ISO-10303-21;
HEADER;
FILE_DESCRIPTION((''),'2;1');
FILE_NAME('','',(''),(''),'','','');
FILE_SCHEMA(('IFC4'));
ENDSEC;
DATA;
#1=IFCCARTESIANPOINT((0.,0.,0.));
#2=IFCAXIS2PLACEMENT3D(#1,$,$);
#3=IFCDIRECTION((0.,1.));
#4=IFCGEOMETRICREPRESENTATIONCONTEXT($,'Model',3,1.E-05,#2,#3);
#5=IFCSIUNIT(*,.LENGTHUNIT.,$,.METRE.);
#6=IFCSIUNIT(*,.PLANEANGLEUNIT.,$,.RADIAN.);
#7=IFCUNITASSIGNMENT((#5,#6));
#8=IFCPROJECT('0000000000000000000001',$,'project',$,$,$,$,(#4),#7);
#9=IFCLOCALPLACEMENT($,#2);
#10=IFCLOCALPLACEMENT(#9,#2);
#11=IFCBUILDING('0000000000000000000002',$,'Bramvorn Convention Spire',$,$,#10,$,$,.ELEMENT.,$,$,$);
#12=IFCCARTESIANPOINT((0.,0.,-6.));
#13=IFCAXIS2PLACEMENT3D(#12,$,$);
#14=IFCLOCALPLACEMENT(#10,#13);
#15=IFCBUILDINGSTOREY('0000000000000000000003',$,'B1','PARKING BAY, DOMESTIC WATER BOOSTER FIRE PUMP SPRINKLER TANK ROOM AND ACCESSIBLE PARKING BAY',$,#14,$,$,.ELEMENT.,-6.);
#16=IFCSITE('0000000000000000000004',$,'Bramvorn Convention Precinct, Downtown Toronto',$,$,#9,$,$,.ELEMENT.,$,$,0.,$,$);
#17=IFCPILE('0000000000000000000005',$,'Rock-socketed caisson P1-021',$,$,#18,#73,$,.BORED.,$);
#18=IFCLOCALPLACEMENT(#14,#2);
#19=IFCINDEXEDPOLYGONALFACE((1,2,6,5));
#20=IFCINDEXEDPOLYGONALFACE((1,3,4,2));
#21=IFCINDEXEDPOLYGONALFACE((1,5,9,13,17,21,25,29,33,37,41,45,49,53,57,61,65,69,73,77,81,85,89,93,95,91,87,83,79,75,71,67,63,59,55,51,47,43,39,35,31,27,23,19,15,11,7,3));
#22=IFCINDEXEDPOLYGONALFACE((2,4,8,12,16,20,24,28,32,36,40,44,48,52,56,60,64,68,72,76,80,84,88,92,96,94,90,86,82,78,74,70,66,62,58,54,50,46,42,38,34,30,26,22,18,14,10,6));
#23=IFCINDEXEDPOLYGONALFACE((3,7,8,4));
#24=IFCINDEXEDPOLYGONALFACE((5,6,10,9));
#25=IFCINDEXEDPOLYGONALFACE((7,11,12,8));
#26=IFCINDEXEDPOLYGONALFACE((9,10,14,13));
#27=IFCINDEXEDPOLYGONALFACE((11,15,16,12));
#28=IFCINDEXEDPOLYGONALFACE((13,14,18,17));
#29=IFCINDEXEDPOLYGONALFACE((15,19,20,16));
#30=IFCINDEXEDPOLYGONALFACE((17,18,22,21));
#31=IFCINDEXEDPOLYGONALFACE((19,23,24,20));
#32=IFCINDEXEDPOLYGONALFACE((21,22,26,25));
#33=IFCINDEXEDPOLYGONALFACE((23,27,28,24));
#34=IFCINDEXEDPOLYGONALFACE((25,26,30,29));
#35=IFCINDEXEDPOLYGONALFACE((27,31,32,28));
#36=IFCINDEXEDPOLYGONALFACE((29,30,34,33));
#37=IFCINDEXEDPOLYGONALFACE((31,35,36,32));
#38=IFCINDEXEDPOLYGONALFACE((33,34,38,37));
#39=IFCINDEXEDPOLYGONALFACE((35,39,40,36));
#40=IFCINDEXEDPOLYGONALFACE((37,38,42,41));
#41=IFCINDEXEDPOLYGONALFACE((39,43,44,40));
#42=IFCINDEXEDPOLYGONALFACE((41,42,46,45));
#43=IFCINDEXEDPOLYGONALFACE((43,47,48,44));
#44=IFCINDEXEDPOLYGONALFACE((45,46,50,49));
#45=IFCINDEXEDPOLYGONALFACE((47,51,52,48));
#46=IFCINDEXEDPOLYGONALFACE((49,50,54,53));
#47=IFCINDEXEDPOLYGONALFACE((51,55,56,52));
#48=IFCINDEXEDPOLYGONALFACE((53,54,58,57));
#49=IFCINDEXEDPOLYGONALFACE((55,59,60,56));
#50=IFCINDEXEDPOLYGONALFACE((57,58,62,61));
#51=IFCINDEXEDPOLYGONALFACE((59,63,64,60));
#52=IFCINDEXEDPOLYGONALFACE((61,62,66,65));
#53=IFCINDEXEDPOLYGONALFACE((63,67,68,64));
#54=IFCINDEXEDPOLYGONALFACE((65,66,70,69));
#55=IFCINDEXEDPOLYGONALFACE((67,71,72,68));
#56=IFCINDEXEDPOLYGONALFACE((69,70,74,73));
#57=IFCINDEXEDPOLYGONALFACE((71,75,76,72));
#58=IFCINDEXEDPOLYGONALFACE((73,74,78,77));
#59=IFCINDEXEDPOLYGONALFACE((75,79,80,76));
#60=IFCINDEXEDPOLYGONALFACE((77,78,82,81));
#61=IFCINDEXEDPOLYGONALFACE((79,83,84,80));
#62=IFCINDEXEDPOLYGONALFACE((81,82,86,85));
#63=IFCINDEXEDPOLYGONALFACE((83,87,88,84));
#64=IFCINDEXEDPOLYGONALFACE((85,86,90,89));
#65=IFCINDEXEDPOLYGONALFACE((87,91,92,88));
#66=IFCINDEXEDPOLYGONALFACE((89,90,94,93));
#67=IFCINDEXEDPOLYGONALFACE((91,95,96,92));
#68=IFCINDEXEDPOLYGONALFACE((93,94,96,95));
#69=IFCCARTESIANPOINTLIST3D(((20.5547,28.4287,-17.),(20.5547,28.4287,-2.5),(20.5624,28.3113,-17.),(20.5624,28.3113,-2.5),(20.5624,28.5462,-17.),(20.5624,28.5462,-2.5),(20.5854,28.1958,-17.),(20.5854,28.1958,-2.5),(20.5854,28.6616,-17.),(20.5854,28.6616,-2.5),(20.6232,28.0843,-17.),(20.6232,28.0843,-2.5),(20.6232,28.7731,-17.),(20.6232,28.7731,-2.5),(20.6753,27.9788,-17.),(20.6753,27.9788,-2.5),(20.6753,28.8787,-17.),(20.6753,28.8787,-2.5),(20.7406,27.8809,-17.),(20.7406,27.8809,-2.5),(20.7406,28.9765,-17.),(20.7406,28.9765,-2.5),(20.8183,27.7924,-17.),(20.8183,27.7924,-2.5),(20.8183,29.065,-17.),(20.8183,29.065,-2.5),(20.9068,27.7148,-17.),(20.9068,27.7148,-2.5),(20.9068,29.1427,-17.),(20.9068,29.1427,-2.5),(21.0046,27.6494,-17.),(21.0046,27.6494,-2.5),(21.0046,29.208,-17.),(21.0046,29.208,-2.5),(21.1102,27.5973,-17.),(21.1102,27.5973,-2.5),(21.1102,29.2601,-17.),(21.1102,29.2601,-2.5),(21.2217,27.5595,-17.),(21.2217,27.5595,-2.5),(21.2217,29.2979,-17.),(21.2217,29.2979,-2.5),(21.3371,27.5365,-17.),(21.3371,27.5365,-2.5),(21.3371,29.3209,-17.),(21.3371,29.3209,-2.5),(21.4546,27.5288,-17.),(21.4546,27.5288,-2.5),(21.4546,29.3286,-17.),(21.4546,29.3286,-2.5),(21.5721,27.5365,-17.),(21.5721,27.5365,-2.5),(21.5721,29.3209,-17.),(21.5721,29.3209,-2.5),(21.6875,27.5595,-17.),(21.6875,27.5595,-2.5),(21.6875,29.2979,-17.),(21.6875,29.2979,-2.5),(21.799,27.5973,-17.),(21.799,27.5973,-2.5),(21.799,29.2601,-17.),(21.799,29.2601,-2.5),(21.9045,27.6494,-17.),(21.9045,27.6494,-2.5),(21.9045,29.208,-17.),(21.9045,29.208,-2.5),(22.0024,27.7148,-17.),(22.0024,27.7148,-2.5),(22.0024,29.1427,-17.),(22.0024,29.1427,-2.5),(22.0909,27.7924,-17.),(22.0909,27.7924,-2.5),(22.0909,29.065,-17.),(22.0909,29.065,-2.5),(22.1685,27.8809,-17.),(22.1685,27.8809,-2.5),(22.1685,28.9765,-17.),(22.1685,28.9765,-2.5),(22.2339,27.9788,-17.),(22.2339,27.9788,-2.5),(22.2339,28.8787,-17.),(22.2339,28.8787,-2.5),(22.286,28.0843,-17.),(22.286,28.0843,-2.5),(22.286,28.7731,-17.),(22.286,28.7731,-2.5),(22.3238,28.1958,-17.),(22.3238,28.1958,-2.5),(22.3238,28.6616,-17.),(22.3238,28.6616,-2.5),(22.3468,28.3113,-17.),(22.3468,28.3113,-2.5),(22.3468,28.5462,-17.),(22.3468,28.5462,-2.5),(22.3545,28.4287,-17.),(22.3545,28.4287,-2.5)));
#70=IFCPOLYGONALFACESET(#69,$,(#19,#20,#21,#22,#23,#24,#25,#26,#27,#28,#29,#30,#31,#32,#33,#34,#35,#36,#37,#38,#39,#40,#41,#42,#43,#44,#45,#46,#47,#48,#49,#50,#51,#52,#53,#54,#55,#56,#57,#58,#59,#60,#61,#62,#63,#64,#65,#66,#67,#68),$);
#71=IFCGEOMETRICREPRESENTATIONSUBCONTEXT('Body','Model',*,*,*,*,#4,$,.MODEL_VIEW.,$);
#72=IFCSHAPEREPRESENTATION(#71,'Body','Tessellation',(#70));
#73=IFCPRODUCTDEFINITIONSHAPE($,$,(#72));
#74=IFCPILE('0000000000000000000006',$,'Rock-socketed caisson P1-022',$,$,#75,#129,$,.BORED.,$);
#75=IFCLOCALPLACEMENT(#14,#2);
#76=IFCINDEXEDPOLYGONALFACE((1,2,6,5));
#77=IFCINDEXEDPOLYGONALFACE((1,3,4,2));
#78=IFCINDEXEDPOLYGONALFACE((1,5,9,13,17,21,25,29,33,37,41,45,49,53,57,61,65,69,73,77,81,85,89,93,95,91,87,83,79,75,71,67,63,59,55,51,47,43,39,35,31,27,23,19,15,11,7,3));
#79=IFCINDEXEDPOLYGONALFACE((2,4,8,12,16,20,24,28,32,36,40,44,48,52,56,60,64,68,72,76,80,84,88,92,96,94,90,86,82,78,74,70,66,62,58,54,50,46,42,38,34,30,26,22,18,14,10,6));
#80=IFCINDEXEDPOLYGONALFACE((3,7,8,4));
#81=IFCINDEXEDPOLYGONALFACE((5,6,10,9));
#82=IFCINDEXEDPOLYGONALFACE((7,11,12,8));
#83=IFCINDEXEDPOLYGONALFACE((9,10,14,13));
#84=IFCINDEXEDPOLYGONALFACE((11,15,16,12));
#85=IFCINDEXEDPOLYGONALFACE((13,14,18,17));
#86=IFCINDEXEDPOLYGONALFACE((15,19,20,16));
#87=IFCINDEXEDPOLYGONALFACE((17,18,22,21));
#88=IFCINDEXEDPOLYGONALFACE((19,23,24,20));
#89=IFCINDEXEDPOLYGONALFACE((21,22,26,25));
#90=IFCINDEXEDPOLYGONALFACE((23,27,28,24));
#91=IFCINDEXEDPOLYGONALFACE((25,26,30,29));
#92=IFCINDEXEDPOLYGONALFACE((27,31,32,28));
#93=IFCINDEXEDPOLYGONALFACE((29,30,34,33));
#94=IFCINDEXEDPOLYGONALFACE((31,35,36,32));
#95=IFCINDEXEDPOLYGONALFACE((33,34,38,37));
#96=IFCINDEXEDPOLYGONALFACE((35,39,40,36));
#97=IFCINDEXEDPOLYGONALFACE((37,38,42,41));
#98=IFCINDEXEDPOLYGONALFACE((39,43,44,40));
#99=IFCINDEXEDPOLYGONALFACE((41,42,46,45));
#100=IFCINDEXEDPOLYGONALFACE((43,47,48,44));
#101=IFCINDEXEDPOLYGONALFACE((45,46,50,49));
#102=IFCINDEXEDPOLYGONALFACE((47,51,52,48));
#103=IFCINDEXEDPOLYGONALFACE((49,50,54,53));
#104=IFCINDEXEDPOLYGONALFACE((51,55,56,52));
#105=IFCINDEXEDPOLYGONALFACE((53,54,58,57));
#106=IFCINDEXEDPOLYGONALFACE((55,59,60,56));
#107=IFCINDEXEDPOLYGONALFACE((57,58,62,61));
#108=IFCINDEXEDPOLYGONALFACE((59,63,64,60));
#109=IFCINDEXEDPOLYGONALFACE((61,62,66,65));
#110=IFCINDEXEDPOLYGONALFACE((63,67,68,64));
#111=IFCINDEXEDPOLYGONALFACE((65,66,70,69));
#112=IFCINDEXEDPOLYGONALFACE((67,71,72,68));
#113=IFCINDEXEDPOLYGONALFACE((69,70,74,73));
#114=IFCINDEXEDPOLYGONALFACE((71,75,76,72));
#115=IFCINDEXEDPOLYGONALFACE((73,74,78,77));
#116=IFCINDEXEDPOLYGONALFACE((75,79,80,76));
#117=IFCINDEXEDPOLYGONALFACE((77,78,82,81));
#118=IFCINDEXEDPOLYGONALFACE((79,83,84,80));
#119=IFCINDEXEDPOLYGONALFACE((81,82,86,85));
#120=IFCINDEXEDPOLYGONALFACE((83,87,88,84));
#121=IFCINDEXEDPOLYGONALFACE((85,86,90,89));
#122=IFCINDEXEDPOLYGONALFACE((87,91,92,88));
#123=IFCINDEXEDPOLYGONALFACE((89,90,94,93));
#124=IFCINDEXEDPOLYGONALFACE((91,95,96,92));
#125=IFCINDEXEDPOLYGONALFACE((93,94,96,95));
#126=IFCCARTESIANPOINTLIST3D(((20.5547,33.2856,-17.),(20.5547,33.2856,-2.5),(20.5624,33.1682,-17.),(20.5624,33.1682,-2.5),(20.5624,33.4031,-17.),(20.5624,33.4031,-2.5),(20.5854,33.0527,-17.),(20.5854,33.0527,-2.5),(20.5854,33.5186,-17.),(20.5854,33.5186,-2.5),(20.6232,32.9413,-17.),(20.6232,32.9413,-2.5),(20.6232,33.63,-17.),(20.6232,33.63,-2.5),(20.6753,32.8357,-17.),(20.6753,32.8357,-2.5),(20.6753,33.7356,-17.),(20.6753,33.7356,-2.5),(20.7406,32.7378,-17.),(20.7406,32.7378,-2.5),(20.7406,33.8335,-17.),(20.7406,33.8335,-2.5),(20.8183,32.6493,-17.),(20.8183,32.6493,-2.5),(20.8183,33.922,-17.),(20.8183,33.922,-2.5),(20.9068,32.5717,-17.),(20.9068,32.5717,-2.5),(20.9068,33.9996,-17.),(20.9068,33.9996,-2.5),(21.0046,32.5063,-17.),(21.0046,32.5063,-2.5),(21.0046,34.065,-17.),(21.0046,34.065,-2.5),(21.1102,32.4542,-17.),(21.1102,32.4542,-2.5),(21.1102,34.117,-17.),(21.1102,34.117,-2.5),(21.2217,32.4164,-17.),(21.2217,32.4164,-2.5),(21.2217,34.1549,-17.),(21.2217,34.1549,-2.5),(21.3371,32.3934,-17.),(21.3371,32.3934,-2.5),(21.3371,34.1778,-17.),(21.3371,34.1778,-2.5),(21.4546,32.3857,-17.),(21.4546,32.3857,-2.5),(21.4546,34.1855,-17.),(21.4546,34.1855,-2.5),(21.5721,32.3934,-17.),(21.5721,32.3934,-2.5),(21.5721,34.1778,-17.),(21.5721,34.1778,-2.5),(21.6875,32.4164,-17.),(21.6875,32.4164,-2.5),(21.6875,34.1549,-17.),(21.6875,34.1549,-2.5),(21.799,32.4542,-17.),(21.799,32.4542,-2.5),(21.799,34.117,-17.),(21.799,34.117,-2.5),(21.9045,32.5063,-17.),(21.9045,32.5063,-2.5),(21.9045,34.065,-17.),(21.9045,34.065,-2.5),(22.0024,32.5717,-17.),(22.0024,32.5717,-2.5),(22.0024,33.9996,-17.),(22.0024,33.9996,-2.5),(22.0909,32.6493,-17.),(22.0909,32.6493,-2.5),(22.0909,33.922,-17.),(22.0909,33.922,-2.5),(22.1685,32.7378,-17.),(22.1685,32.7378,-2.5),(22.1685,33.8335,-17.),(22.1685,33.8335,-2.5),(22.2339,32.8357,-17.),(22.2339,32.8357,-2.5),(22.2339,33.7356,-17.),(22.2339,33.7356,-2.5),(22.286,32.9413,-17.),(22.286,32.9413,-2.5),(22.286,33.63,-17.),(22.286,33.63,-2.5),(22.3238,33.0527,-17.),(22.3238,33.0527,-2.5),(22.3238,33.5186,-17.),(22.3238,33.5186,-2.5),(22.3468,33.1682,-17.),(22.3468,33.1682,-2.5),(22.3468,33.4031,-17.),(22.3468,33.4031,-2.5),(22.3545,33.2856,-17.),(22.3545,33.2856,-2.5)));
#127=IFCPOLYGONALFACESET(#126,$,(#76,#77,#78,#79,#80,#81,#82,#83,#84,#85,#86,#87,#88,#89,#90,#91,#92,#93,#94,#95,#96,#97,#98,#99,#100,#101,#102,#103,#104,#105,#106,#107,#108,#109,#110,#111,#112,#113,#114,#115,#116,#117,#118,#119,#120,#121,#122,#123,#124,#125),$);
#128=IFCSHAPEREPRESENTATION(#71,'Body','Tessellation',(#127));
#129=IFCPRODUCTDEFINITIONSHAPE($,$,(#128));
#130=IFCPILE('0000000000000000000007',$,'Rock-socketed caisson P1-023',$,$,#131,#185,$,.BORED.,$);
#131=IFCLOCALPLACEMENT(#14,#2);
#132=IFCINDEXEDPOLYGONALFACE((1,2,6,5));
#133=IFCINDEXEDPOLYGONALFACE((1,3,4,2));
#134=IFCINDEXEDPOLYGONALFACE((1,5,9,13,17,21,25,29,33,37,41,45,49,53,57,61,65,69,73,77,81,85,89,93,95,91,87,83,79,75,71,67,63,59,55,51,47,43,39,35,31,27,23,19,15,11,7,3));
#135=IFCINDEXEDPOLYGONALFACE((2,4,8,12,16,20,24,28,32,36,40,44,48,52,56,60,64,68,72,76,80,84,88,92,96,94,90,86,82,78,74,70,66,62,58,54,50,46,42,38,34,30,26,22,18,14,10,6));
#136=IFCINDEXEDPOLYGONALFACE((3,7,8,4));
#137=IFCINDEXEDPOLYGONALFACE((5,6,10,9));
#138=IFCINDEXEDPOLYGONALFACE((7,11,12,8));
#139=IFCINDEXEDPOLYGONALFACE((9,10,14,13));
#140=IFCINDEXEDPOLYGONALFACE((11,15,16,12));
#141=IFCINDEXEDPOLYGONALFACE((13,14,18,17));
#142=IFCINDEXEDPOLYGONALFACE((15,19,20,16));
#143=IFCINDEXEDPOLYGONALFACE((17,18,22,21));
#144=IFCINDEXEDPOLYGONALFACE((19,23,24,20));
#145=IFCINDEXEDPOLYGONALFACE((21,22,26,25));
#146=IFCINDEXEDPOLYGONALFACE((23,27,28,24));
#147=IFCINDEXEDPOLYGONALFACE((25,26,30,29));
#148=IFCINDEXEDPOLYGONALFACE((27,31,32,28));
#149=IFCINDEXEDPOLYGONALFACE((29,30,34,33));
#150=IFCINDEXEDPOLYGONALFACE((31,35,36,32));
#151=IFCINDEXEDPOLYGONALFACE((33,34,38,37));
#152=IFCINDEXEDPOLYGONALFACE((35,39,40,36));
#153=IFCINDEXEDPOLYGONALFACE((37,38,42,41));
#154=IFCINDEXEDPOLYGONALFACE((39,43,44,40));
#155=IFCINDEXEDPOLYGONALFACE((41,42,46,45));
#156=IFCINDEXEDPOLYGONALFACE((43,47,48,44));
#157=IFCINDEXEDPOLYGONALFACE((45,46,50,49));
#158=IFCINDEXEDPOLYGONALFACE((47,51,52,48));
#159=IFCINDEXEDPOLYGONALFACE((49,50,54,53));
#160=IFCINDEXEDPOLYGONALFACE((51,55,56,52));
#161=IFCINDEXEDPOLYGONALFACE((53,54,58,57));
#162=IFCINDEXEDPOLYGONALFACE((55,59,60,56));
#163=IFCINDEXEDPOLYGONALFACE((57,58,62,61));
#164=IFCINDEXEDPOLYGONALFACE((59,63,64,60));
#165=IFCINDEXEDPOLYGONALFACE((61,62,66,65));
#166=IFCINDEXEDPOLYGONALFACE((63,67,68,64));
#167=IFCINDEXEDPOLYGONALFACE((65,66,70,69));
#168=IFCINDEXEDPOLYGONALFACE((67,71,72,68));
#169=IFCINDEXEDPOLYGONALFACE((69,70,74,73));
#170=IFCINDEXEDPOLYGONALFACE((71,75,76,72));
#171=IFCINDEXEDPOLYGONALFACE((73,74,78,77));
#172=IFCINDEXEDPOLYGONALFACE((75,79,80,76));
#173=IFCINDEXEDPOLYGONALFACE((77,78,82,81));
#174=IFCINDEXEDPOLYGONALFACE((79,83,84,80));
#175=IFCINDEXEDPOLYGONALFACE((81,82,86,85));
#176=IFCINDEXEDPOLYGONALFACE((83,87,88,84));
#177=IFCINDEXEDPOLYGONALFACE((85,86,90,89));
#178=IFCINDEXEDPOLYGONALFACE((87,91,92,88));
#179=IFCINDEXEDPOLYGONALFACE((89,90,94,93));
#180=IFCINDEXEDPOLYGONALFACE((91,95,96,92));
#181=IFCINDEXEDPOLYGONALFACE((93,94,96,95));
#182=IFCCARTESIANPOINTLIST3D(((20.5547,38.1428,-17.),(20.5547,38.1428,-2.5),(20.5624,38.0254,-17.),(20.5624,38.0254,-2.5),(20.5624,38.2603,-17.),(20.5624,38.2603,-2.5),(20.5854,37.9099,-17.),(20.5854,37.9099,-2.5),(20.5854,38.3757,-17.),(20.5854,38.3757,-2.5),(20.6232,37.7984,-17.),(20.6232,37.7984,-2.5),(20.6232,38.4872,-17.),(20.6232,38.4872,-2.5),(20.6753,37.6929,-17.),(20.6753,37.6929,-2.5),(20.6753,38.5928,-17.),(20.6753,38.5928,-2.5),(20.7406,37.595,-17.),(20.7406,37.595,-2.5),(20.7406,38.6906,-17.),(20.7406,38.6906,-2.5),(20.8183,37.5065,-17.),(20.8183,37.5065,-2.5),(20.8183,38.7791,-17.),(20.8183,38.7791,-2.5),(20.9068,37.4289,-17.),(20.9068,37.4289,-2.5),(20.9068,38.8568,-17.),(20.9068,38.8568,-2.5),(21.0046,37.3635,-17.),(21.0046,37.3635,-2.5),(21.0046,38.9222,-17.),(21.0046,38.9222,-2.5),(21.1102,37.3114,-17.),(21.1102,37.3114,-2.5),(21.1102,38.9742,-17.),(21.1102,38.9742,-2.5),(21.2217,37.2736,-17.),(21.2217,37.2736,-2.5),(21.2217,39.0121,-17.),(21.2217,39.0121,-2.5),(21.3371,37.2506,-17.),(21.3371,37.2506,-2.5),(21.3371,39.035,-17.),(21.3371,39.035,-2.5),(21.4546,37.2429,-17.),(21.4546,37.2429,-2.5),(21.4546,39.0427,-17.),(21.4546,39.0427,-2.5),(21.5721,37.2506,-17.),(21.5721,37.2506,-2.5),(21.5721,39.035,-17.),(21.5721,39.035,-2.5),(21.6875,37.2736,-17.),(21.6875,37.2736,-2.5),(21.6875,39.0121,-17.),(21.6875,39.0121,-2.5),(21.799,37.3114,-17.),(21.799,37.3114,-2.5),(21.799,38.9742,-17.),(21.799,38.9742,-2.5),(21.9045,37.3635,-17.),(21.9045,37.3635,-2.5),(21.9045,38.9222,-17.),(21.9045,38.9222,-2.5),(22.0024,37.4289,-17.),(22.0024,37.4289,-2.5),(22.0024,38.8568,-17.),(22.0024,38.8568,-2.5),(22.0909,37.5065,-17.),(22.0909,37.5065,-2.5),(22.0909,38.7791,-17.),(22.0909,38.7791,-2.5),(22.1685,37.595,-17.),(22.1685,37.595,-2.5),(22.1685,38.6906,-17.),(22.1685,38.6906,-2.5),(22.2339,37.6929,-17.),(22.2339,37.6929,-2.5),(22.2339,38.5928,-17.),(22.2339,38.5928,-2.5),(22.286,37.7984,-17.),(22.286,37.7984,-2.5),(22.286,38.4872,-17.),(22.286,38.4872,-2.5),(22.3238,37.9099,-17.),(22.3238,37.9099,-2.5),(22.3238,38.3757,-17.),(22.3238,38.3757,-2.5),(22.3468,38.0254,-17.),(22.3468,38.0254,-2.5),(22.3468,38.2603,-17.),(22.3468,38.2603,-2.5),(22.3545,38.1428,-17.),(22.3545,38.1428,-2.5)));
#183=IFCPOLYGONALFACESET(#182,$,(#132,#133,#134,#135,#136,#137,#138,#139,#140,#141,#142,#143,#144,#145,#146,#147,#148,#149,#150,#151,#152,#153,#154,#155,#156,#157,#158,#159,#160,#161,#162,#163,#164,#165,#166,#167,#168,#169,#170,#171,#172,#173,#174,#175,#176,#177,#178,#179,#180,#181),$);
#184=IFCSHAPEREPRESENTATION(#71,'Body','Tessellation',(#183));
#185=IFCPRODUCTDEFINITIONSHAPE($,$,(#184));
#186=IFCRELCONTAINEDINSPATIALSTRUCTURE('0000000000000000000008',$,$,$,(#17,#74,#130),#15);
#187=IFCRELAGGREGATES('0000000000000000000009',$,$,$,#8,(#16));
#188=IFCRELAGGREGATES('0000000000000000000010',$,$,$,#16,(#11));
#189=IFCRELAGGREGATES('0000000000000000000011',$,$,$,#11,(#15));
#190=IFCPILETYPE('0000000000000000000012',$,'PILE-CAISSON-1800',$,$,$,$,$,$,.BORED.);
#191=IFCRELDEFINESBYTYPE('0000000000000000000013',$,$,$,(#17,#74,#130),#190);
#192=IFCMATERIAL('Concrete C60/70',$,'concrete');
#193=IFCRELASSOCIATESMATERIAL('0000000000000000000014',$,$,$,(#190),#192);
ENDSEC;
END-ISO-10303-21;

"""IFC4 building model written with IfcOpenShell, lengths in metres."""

from ifc_helpers import new_model, si_unit, direction, frame, origin, origin_2d, place, context, subcontext, project, spatial, circle, extrude, material, material_profile, profile_set, type_object, element, save


model = new_model("IFC4")

# Units and contexts
model_context = context("Model", 3, precision=1e-05, world=origin(), true_north=direction((0.0, 1.0)))
body_context = subcontext(model_context, "Body", "Model", "MODEL_VIEW")
ifc_project = project(units=[si_unit("LENGTHUNIT", "METRE"), si_unit("PLANEANGLEUNIT", "RADIAN")], contexts=[model_context])

# Site, building, storey
site_placement = place(None, origin())
site = spatial("IfcSite", under=ifc_project, at=site_placement, Name="Bramvorn Convention Precinct, Downtown Toronto", CompositionType="ELEMENT", RefElevation=0.0)
building_placement = place(site_placement, origin())
building = spatial("IfcBuilding", under=site, at=building_placement, Name="Bramvorn Convention Spire", CompositionType="ELEMENT")
storey_placement = place(building_placement, frame((0.0, 0.0, -6.0)))
storey = spatial("IfcBuildingStorey", under=building, at=storey_placement, Name="B1", Description="PARKING BAY, DOMESTIC WATER BOOSTER FIRE PUMP SPRINKLER TANK ROOM AND ACCESSIBLE PARKING BAY", CompositionType="ELEMENT", Elevation=-6.0)

# Shared definitions
ifc_material_1 = material(Name="Concrete C60/70", Category="concrete")

# Piles
ifc_material_profile_1 = material_profile(ifc_material_1, circle(Radius=0.8999, at=origin_2d()))
ifc_profile_set_1 = profile_set([ifc_material_profile_1], Name="Concrete C60/70 - CAISSON1800")
pile_type_1 = type_object("IfcPileType", Name="PILE-CAISSON-1800", PredefinedType="BORED", material=ifc_profile_set_1)
for number, where, z_axis, x_axis, name in (
    (1, (21.4546, 28.4287, -2.5), (0.0, 0.0, -1.0), (1.0, 0.0, 0.0), "Rock-socketed caisson P1-021"),
    (2, (21.4546, 33.2856, -2.5), (0.0, 0.0, -1.0), (1.0, 0.0, 0.0), "Rock-socketed caisson P1-022"),
    (3, (21.4546, 38.1428, -2.5), (0.0, 0.0, -1.0), (1.0, 0.0, 0.0), "Rock-socketed caisson P1-023"),
):
    element("IfcPile", number, at=place(storey_placement, frame(where, z_axis=z_axis, x_axis=x_axis)), inside=storey, type_object=pile_type_1, Name=name, PredefinedType="BORED", context=body_context, shape_type="SweptSolid", body=[
        extrude(circle(Radius=0.8999, at=origin_2d()), origin(), (0.0, 0.0, 1.0), 14.5),
    ])

save(model, "model.ifc")
